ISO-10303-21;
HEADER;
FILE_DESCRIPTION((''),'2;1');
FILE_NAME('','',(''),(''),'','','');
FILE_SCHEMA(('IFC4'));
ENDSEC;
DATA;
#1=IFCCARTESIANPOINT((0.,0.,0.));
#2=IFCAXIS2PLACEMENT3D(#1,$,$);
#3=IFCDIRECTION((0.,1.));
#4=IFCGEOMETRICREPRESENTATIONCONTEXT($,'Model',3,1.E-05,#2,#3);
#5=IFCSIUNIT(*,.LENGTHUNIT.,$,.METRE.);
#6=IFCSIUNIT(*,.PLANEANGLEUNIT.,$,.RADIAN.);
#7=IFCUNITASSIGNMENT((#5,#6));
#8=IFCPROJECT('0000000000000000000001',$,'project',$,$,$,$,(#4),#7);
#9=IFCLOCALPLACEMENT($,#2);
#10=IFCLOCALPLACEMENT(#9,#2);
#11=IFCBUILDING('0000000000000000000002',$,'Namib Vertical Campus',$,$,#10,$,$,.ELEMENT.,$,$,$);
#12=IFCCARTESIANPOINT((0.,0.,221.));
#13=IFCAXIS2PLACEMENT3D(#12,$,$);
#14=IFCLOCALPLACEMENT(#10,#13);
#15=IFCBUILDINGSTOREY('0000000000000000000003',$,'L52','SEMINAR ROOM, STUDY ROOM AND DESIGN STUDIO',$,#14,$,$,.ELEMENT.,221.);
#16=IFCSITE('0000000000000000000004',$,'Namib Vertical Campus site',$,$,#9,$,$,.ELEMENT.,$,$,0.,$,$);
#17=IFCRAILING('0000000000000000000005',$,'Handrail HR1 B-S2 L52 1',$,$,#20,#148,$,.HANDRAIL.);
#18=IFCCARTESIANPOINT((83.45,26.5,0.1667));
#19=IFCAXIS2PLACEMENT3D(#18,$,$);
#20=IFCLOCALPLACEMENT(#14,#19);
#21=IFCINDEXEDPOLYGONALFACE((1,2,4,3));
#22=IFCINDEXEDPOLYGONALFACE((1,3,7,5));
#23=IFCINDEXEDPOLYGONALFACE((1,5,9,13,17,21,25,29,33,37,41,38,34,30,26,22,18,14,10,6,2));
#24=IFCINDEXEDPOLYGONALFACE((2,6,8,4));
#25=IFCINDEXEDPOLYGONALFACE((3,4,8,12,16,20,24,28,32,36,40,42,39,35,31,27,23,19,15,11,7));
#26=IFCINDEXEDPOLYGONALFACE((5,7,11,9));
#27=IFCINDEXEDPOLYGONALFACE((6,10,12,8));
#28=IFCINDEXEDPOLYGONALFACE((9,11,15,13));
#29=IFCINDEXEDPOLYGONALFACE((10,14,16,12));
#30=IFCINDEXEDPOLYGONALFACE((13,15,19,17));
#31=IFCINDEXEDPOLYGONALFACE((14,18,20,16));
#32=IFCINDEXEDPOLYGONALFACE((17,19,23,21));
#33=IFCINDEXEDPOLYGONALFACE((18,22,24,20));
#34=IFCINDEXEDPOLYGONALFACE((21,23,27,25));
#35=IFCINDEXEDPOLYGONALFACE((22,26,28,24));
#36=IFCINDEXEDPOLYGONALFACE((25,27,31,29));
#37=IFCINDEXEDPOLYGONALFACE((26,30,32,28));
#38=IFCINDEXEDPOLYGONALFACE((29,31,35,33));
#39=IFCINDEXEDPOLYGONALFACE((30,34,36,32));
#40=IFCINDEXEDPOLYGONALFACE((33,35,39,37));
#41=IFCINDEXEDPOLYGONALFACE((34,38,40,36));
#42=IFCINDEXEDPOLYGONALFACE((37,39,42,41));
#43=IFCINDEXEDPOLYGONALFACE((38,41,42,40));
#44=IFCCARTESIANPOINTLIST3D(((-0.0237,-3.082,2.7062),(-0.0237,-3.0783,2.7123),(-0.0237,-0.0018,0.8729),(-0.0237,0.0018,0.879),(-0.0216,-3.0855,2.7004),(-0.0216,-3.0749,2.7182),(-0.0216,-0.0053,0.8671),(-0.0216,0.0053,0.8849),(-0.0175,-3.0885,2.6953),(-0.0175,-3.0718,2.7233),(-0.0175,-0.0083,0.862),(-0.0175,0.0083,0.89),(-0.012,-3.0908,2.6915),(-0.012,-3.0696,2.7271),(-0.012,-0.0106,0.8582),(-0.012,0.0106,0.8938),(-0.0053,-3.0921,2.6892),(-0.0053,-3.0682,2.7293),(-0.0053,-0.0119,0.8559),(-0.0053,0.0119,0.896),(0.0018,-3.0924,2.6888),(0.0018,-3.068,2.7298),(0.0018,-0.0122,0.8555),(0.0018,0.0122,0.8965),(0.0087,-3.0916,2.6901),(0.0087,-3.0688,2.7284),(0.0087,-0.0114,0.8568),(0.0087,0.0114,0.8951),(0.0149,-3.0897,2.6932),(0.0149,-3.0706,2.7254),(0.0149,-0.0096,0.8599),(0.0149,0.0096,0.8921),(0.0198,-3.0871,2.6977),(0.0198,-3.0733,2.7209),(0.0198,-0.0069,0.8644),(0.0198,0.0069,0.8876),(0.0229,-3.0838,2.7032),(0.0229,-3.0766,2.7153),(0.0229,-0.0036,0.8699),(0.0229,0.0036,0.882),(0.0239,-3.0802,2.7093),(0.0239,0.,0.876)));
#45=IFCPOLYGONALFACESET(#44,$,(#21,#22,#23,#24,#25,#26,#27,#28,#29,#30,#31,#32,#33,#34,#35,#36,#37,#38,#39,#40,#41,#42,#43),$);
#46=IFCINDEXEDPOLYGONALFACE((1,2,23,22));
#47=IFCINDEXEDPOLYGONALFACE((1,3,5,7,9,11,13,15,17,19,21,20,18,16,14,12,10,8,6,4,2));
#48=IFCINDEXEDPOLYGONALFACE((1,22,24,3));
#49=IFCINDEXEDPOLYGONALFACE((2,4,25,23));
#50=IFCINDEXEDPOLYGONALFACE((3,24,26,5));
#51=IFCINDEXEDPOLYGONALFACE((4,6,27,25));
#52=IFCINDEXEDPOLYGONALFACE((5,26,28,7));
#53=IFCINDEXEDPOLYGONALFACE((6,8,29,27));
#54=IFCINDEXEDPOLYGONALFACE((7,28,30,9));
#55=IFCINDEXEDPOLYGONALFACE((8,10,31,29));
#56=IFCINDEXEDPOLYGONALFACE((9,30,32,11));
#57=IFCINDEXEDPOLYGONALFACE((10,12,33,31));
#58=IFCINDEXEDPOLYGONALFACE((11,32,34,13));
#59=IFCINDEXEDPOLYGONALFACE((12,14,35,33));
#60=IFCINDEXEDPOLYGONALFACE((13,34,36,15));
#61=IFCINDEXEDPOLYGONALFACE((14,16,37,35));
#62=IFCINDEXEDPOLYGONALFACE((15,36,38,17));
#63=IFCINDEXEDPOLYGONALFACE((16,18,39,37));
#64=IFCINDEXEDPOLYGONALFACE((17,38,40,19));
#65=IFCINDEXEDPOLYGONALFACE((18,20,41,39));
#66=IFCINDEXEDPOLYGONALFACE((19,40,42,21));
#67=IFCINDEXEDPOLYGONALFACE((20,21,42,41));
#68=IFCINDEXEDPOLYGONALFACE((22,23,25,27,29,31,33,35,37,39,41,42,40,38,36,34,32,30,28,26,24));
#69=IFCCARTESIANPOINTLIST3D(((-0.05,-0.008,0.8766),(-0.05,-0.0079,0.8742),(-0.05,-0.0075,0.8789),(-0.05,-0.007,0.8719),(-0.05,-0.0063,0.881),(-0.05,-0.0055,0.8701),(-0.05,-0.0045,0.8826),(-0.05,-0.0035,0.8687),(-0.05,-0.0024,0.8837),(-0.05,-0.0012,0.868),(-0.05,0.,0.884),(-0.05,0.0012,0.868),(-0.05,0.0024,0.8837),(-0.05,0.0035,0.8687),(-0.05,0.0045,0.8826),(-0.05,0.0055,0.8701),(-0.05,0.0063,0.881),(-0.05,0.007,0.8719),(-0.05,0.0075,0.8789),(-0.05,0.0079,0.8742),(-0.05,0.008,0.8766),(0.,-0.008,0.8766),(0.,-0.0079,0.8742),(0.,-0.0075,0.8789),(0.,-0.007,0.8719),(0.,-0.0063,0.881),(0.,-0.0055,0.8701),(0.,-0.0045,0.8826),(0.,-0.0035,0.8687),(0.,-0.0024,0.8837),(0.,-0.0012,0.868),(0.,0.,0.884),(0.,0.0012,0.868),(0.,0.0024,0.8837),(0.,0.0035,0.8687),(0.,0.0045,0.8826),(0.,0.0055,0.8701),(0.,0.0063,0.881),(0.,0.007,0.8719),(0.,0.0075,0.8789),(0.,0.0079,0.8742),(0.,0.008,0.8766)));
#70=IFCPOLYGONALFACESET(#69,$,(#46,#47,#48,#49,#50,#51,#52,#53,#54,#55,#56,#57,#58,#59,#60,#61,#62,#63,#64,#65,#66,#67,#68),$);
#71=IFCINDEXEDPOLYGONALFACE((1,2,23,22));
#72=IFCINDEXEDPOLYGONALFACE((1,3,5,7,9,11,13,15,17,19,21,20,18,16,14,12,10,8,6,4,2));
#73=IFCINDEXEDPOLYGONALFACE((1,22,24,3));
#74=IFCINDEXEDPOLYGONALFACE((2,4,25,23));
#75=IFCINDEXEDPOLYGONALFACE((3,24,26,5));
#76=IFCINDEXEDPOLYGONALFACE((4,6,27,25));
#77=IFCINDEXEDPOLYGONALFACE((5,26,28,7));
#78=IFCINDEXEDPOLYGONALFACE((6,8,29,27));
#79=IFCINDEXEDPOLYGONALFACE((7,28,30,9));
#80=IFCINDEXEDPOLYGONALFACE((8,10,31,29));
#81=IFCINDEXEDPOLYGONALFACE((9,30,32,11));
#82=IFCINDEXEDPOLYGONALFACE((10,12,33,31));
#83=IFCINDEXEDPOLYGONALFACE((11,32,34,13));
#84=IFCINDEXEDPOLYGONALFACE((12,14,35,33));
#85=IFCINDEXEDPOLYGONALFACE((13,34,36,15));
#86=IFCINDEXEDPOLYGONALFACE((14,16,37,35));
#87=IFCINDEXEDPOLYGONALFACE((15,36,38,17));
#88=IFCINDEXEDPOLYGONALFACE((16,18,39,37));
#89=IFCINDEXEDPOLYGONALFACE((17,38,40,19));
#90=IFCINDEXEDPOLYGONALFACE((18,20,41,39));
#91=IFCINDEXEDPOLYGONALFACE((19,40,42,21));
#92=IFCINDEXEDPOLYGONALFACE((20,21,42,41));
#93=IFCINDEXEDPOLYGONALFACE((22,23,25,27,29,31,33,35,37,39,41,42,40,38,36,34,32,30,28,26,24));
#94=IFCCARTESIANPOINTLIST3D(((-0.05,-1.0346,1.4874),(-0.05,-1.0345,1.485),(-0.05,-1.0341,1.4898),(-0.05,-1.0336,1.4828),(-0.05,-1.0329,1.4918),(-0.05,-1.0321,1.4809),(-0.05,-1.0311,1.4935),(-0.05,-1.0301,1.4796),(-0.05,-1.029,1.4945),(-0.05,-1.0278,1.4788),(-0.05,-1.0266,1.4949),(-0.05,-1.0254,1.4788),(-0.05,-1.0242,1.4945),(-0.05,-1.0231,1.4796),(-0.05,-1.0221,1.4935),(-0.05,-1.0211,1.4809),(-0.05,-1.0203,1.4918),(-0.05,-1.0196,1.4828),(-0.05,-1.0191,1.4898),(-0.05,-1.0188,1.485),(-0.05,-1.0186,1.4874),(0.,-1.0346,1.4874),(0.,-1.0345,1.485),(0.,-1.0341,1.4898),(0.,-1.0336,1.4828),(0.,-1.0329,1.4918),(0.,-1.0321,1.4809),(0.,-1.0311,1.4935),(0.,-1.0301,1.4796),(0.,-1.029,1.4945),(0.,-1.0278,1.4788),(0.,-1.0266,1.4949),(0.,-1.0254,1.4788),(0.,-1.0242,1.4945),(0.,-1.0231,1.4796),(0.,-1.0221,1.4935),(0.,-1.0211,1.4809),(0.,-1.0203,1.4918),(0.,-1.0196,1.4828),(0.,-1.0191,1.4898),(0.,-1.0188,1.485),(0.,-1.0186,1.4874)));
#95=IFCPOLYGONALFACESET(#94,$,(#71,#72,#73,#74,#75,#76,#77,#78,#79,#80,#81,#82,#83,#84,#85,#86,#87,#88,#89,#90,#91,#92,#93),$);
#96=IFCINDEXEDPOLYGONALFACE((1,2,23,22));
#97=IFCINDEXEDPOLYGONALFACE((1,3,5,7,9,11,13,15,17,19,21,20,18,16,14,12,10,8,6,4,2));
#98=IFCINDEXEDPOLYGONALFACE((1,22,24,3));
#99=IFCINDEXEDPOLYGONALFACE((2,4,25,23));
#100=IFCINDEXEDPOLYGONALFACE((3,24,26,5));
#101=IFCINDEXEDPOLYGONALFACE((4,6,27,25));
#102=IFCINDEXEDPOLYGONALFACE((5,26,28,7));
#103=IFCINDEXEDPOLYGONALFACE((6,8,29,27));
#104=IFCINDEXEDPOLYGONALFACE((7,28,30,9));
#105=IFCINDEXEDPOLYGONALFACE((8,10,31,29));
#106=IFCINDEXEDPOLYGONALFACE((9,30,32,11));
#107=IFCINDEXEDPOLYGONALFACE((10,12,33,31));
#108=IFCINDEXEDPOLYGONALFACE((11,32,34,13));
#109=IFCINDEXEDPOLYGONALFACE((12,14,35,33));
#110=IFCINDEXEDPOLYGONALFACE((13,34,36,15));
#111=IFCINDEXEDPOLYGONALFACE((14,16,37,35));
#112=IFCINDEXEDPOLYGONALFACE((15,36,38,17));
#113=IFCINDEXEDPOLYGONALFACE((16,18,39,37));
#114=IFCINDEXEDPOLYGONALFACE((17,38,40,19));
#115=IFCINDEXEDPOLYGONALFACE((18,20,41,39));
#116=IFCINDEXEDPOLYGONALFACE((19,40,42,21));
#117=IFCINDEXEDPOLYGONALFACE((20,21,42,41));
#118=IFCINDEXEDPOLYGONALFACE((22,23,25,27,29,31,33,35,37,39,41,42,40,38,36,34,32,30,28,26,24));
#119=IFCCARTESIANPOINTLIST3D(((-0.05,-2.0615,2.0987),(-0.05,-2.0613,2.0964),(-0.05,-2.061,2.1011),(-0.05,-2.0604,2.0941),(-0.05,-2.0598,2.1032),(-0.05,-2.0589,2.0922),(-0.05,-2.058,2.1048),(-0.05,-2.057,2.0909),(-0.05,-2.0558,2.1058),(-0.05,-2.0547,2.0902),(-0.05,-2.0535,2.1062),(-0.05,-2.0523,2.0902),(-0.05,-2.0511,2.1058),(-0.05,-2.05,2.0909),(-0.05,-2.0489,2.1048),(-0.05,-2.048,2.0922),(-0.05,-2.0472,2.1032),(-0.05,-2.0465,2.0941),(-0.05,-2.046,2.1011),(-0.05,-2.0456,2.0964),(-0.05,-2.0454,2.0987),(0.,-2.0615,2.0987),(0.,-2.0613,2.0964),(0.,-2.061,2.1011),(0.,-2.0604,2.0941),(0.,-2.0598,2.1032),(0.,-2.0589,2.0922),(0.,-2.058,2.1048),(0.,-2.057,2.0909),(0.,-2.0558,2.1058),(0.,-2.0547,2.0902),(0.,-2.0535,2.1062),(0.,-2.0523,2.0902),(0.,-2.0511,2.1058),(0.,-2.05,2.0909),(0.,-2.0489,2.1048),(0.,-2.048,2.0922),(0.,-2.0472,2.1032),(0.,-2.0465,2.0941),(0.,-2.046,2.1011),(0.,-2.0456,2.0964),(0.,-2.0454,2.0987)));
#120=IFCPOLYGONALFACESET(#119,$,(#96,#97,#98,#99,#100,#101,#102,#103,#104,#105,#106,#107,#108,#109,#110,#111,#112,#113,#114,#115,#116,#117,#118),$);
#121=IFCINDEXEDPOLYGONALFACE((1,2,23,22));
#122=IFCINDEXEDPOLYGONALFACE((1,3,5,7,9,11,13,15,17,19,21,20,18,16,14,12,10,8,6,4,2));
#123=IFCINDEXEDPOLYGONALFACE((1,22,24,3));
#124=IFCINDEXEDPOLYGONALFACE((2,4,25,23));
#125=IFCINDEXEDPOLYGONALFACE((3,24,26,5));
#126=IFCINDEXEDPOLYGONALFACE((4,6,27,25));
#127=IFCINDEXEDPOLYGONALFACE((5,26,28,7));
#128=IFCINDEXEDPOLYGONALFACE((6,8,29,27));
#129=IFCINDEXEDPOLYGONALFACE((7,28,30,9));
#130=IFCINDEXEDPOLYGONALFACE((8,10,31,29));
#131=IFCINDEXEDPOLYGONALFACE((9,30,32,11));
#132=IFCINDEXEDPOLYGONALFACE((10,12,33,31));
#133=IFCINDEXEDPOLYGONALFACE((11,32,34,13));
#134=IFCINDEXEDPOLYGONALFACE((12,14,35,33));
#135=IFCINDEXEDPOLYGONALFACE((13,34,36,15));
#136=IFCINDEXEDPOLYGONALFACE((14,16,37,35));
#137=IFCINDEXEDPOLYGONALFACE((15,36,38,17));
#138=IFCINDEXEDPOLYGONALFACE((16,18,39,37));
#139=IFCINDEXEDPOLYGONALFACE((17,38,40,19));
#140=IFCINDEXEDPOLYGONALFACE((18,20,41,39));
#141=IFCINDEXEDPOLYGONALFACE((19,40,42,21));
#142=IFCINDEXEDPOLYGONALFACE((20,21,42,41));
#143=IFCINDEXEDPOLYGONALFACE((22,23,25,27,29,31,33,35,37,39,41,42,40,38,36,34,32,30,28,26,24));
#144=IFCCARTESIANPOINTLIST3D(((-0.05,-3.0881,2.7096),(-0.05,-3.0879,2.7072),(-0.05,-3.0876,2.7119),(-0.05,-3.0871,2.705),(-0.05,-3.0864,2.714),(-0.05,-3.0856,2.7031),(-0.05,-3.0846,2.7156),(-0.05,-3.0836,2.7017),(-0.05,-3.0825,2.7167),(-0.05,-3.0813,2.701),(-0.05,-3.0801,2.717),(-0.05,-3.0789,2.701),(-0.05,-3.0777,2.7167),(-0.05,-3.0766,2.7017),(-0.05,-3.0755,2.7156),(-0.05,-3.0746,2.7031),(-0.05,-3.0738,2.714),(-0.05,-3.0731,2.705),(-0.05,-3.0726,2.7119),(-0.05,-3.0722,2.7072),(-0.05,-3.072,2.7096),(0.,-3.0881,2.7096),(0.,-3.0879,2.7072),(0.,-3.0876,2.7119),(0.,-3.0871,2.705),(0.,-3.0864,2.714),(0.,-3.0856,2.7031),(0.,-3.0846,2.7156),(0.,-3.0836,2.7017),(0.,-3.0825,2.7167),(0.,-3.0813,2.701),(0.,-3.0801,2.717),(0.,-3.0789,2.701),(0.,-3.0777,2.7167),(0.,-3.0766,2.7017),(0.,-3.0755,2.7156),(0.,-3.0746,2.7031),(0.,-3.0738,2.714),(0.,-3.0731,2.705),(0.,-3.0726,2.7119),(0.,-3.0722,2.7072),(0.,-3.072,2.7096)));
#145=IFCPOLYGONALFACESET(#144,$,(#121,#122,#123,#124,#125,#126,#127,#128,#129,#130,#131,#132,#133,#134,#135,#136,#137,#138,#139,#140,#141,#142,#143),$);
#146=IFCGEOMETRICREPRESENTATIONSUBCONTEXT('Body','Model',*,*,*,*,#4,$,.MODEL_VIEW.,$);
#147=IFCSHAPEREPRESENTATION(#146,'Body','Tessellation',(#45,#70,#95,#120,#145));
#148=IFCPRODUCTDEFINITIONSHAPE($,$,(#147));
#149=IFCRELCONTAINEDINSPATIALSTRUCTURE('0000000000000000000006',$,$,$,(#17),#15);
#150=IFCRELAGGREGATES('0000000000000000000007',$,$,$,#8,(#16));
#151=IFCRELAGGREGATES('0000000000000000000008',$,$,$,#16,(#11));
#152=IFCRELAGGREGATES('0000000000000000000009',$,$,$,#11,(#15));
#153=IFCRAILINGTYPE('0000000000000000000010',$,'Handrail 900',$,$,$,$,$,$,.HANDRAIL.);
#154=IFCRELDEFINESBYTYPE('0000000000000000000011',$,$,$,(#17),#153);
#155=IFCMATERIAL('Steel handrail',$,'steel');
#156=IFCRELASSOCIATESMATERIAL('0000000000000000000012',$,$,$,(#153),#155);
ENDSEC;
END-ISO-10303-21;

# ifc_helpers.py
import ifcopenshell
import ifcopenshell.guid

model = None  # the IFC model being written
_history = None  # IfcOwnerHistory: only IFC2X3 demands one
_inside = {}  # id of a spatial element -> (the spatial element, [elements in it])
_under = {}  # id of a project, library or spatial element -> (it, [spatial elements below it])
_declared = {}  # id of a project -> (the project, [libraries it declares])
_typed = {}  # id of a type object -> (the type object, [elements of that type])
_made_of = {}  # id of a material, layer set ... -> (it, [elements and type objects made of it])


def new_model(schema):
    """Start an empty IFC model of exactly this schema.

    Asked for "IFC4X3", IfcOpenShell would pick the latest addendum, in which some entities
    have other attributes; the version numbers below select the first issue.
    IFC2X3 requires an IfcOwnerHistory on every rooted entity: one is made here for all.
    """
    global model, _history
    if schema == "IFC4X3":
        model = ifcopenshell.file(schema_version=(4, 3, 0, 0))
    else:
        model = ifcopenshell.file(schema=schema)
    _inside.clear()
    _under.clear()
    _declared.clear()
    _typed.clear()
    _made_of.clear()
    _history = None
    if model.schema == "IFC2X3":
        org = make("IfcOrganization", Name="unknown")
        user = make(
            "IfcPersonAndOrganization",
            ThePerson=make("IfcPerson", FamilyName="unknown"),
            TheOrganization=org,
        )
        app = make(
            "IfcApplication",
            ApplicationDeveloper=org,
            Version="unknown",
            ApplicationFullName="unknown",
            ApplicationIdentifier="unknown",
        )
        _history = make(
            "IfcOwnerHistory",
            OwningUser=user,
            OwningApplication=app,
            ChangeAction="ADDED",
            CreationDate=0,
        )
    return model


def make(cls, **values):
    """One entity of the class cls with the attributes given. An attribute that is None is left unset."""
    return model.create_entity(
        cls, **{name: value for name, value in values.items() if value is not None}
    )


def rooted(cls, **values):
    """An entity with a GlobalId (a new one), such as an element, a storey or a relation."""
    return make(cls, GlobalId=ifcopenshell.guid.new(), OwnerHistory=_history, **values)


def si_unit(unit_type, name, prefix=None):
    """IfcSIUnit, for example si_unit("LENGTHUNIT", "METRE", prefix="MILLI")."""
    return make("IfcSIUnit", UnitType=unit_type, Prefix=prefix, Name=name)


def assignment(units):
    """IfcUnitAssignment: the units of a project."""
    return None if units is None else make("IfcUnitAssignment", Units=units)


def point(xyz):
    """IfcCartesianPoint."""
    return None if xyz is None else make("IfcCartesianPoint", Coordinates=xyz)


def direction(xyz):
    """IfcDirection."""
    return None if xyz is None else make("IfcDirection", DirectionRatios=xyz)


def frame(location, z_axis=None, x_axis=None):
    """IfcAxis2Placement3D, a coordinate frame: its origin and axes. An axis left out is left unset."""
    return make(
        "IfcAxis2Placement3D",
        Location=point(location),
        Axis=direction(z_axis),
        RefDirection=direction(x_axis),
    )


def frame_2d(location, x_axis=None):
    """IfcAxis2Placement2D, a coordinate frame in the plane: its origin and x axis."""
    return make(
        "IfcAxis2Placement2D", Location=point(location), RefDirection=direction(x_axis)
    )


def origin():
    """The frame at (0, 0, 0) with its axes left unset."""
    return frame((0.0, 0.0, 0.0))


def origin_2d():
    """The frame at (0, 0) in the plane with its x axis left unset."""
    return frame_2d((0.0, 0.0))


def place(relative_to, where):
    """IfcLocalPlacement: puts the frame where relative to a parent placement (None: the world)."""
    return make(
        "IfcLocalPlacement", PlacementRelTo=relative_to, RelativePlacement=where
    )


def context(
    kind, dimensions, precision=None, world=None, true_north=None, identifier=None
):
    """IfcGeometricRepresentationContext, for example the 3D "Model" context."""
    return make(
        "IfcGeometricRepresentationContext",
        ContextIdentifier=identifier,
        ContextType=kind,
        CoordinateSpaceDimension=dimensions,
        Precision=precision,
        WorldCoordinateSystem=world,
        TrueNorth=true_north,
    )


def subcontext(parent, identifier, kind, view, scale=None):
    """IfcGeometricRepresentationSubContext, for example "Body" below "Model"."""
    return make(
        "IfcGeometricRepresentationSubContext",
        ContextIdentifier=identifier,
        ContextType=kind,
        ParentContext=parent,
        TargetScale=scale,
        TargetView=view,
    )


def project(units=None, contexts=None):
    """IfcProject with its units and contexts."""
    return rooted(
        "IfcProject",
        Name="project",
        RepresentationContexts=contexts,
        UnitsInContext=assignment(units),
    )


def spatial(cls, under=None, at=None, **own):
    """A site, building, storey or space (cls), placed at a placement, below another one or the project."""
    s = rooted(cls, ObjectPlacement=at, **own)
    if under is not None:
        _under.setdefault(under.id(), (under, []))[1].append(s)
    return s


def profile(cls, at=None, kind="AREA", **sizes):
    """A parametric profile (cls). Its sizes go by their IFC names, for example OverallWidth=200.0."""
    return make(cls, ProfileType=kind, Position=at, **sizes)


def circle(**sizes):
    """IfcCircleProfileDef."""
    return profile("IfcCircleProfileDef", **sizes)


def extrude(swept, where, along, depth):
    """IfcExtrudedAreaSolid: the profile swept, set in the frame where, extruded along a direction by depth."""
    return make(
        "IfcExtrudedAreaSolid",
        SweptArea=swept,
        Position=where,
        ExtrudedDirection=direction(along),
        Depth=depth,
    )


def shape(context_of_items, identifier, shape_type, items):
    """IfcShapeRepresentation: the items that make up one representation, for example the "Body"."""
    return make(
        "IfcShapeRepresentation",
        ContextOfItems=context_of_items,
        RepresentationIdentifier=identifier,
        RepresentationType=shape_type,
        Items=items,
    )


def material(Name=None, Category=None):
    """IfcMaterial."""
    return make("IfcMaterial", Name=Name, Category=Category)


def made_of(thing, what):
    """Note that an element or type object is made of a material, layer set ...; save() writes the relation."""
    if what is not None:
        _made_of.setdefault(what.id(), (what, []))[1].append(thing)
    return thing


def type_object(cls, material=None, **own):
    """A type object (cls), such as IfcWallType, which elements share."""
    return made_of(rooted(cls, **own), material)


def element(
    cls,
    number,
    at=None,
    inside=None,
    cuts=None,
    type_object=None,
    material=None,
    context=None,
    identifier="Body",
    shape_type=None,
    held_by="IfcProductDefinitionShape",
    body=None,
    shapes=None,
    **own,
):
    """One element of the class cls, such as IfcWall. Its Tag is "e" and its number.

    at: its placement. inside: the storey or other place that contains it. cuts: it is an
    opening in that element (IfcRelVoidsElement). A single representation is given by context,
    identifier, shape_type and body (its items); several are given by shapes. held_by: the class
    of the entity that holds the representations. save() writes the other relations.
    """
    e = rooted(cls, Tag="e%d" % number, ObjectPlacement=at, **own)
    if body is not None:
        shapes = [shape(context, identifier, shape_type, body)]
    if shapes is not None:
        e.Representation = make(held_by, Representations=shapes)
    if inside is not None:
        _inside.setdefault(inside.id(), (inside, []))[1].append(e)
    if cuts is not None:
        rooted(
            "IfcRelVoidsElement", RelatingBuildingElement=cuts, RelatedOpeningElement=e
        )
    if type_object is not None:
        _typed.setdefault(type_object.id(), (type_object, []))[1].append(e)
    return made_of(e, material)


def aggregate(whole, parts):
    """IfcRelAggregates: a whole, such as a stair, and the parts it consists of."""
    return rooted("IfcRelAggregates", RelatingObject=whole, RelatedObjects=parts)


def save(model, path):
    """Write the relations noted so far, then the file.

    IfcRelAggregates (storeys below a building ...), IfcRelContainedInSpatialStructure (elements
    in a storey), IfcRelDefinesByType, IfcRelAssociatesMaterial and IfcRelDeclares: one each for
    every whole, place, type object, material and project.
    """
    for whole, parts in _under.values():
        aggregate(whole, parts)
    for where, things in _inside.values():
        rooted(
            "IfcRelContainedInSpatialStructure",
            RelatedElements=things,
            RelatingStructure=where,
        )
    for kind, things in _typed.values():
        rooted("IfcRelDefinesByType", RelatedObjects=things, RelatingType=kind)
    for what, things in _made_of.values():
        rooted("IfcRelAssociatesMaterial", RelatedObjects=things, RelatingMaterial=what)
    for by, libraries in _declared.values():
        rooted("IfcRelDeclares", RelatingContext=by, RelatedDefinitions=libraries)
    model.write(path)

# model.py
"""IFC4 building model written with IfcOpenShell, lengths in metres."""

from ifc_helpers import new_model, si_unit, direction, frame, origin, origin_2d, place, context, subcontext, project, spatial, circle, extrude, material, type_object, element, save


model = new_model("IFC4")

# Units and contexts
model_context = context("Model", 3, precision=1e-05, world=origin(), true_north=direction((0.0, 1.0)))
body_context = subcontext(model_context, "Body", "Model", "MODEL_VIEW")
ifc_project = project(units=[si_unit("LENGTHUNIT", "METRE"), si_unit("PLANEANGLEUNIT", "RADIAN")], contexts=[model_context])

# Site, building, storey
site_placement = place(None, origin())
site = spatial("IfcSite", under=ifc_project, at=site_placement, Name="Namib Vertical Campus site", CompositionType="ELEMENT", RefElevation=0.0)
building_placement = place(site_placement, origin())
building = spatial("IfcBuilding", under=site, at=building_placement, Name="Namib Vertical Campus", CompositionType="ELEMENT")
storey_placement = place(building_placement, frame((0.0, 0.0, 221.0)))
storey = spatial("IfcBuildingStorey", under=building, at=storey_placement, Name="L52", Description="SEMINAR ROOM, STUDY ROOM AND DESIGN STUDIO", CompositionType="ELEMENT", Elevation=221.0)

# Railing
ifc_material_1 = material(Name="Steel handrail", Category="steel")
railing_type_1 = type_object("IfcRailingType", Name="Handrail 900", PredefinedType="HANDRAIL", material=ifc_material_1)
railing_1_placement = place(storey_placement, frame((83.45, 26.5, 0.1667)))
element("IfcRailing", 1, at=railing_1_placement, inside=storey, type_object=railing_type_1, Name="Handrail HR1 B-S2 L52 1", PredefinedType="HANDRAIL", context=body_context, shape_type="SweptSolid", body=[
    extrude(circle(Radius=0.0239, at=origin_2d()), frame((0.0, 0.0, 0.876), z_axis=(0.0, -0.859309, 0.511458), x_axis=(1.0, 0.0, 0.0)), (0.0, 0.0, 1.0), 3.5845),
    extrude(circle(Radius=0.0081, at=origin_2d()), frame((0.0, 0.0, 0.876), z_axis=(-1.0, 0.0, 0.0), x_axis=(0.0, 0.0, 1.0)), (0.0, 0.0, 1.0), 0.05),
    extrude(circle(Radius=0.0081, at=origin_2d()), frame((0.0, -1.0266, 1.4868), z_axis=(-1.0, 0.0, 0.0), x_axis=(0.0, 0.0, 1.0)), (0.0, 0.0, 1.0), 0.05),
    extrude(circle(Radius=0.0081, at=origin_2d()), frame((0.0, -2.0535, 2.0981), z_axis=(-1.0, 0.0, 0.0), x_axis=(0.0, 0.0, 1.0)), (0.0, 0.0, 1.0), 0.05),
    extrude(circle(Radius=0.0081, at=origin_2d()), frame((0.0, -3.0801, 2.709), z_axis=(-1.0, 0.0, 0.0), x_axis=(0.0, 0.0, 1.0)), (0.0, 0.0, 1.0), 0.05),
])

save(model, "model.ifc")
